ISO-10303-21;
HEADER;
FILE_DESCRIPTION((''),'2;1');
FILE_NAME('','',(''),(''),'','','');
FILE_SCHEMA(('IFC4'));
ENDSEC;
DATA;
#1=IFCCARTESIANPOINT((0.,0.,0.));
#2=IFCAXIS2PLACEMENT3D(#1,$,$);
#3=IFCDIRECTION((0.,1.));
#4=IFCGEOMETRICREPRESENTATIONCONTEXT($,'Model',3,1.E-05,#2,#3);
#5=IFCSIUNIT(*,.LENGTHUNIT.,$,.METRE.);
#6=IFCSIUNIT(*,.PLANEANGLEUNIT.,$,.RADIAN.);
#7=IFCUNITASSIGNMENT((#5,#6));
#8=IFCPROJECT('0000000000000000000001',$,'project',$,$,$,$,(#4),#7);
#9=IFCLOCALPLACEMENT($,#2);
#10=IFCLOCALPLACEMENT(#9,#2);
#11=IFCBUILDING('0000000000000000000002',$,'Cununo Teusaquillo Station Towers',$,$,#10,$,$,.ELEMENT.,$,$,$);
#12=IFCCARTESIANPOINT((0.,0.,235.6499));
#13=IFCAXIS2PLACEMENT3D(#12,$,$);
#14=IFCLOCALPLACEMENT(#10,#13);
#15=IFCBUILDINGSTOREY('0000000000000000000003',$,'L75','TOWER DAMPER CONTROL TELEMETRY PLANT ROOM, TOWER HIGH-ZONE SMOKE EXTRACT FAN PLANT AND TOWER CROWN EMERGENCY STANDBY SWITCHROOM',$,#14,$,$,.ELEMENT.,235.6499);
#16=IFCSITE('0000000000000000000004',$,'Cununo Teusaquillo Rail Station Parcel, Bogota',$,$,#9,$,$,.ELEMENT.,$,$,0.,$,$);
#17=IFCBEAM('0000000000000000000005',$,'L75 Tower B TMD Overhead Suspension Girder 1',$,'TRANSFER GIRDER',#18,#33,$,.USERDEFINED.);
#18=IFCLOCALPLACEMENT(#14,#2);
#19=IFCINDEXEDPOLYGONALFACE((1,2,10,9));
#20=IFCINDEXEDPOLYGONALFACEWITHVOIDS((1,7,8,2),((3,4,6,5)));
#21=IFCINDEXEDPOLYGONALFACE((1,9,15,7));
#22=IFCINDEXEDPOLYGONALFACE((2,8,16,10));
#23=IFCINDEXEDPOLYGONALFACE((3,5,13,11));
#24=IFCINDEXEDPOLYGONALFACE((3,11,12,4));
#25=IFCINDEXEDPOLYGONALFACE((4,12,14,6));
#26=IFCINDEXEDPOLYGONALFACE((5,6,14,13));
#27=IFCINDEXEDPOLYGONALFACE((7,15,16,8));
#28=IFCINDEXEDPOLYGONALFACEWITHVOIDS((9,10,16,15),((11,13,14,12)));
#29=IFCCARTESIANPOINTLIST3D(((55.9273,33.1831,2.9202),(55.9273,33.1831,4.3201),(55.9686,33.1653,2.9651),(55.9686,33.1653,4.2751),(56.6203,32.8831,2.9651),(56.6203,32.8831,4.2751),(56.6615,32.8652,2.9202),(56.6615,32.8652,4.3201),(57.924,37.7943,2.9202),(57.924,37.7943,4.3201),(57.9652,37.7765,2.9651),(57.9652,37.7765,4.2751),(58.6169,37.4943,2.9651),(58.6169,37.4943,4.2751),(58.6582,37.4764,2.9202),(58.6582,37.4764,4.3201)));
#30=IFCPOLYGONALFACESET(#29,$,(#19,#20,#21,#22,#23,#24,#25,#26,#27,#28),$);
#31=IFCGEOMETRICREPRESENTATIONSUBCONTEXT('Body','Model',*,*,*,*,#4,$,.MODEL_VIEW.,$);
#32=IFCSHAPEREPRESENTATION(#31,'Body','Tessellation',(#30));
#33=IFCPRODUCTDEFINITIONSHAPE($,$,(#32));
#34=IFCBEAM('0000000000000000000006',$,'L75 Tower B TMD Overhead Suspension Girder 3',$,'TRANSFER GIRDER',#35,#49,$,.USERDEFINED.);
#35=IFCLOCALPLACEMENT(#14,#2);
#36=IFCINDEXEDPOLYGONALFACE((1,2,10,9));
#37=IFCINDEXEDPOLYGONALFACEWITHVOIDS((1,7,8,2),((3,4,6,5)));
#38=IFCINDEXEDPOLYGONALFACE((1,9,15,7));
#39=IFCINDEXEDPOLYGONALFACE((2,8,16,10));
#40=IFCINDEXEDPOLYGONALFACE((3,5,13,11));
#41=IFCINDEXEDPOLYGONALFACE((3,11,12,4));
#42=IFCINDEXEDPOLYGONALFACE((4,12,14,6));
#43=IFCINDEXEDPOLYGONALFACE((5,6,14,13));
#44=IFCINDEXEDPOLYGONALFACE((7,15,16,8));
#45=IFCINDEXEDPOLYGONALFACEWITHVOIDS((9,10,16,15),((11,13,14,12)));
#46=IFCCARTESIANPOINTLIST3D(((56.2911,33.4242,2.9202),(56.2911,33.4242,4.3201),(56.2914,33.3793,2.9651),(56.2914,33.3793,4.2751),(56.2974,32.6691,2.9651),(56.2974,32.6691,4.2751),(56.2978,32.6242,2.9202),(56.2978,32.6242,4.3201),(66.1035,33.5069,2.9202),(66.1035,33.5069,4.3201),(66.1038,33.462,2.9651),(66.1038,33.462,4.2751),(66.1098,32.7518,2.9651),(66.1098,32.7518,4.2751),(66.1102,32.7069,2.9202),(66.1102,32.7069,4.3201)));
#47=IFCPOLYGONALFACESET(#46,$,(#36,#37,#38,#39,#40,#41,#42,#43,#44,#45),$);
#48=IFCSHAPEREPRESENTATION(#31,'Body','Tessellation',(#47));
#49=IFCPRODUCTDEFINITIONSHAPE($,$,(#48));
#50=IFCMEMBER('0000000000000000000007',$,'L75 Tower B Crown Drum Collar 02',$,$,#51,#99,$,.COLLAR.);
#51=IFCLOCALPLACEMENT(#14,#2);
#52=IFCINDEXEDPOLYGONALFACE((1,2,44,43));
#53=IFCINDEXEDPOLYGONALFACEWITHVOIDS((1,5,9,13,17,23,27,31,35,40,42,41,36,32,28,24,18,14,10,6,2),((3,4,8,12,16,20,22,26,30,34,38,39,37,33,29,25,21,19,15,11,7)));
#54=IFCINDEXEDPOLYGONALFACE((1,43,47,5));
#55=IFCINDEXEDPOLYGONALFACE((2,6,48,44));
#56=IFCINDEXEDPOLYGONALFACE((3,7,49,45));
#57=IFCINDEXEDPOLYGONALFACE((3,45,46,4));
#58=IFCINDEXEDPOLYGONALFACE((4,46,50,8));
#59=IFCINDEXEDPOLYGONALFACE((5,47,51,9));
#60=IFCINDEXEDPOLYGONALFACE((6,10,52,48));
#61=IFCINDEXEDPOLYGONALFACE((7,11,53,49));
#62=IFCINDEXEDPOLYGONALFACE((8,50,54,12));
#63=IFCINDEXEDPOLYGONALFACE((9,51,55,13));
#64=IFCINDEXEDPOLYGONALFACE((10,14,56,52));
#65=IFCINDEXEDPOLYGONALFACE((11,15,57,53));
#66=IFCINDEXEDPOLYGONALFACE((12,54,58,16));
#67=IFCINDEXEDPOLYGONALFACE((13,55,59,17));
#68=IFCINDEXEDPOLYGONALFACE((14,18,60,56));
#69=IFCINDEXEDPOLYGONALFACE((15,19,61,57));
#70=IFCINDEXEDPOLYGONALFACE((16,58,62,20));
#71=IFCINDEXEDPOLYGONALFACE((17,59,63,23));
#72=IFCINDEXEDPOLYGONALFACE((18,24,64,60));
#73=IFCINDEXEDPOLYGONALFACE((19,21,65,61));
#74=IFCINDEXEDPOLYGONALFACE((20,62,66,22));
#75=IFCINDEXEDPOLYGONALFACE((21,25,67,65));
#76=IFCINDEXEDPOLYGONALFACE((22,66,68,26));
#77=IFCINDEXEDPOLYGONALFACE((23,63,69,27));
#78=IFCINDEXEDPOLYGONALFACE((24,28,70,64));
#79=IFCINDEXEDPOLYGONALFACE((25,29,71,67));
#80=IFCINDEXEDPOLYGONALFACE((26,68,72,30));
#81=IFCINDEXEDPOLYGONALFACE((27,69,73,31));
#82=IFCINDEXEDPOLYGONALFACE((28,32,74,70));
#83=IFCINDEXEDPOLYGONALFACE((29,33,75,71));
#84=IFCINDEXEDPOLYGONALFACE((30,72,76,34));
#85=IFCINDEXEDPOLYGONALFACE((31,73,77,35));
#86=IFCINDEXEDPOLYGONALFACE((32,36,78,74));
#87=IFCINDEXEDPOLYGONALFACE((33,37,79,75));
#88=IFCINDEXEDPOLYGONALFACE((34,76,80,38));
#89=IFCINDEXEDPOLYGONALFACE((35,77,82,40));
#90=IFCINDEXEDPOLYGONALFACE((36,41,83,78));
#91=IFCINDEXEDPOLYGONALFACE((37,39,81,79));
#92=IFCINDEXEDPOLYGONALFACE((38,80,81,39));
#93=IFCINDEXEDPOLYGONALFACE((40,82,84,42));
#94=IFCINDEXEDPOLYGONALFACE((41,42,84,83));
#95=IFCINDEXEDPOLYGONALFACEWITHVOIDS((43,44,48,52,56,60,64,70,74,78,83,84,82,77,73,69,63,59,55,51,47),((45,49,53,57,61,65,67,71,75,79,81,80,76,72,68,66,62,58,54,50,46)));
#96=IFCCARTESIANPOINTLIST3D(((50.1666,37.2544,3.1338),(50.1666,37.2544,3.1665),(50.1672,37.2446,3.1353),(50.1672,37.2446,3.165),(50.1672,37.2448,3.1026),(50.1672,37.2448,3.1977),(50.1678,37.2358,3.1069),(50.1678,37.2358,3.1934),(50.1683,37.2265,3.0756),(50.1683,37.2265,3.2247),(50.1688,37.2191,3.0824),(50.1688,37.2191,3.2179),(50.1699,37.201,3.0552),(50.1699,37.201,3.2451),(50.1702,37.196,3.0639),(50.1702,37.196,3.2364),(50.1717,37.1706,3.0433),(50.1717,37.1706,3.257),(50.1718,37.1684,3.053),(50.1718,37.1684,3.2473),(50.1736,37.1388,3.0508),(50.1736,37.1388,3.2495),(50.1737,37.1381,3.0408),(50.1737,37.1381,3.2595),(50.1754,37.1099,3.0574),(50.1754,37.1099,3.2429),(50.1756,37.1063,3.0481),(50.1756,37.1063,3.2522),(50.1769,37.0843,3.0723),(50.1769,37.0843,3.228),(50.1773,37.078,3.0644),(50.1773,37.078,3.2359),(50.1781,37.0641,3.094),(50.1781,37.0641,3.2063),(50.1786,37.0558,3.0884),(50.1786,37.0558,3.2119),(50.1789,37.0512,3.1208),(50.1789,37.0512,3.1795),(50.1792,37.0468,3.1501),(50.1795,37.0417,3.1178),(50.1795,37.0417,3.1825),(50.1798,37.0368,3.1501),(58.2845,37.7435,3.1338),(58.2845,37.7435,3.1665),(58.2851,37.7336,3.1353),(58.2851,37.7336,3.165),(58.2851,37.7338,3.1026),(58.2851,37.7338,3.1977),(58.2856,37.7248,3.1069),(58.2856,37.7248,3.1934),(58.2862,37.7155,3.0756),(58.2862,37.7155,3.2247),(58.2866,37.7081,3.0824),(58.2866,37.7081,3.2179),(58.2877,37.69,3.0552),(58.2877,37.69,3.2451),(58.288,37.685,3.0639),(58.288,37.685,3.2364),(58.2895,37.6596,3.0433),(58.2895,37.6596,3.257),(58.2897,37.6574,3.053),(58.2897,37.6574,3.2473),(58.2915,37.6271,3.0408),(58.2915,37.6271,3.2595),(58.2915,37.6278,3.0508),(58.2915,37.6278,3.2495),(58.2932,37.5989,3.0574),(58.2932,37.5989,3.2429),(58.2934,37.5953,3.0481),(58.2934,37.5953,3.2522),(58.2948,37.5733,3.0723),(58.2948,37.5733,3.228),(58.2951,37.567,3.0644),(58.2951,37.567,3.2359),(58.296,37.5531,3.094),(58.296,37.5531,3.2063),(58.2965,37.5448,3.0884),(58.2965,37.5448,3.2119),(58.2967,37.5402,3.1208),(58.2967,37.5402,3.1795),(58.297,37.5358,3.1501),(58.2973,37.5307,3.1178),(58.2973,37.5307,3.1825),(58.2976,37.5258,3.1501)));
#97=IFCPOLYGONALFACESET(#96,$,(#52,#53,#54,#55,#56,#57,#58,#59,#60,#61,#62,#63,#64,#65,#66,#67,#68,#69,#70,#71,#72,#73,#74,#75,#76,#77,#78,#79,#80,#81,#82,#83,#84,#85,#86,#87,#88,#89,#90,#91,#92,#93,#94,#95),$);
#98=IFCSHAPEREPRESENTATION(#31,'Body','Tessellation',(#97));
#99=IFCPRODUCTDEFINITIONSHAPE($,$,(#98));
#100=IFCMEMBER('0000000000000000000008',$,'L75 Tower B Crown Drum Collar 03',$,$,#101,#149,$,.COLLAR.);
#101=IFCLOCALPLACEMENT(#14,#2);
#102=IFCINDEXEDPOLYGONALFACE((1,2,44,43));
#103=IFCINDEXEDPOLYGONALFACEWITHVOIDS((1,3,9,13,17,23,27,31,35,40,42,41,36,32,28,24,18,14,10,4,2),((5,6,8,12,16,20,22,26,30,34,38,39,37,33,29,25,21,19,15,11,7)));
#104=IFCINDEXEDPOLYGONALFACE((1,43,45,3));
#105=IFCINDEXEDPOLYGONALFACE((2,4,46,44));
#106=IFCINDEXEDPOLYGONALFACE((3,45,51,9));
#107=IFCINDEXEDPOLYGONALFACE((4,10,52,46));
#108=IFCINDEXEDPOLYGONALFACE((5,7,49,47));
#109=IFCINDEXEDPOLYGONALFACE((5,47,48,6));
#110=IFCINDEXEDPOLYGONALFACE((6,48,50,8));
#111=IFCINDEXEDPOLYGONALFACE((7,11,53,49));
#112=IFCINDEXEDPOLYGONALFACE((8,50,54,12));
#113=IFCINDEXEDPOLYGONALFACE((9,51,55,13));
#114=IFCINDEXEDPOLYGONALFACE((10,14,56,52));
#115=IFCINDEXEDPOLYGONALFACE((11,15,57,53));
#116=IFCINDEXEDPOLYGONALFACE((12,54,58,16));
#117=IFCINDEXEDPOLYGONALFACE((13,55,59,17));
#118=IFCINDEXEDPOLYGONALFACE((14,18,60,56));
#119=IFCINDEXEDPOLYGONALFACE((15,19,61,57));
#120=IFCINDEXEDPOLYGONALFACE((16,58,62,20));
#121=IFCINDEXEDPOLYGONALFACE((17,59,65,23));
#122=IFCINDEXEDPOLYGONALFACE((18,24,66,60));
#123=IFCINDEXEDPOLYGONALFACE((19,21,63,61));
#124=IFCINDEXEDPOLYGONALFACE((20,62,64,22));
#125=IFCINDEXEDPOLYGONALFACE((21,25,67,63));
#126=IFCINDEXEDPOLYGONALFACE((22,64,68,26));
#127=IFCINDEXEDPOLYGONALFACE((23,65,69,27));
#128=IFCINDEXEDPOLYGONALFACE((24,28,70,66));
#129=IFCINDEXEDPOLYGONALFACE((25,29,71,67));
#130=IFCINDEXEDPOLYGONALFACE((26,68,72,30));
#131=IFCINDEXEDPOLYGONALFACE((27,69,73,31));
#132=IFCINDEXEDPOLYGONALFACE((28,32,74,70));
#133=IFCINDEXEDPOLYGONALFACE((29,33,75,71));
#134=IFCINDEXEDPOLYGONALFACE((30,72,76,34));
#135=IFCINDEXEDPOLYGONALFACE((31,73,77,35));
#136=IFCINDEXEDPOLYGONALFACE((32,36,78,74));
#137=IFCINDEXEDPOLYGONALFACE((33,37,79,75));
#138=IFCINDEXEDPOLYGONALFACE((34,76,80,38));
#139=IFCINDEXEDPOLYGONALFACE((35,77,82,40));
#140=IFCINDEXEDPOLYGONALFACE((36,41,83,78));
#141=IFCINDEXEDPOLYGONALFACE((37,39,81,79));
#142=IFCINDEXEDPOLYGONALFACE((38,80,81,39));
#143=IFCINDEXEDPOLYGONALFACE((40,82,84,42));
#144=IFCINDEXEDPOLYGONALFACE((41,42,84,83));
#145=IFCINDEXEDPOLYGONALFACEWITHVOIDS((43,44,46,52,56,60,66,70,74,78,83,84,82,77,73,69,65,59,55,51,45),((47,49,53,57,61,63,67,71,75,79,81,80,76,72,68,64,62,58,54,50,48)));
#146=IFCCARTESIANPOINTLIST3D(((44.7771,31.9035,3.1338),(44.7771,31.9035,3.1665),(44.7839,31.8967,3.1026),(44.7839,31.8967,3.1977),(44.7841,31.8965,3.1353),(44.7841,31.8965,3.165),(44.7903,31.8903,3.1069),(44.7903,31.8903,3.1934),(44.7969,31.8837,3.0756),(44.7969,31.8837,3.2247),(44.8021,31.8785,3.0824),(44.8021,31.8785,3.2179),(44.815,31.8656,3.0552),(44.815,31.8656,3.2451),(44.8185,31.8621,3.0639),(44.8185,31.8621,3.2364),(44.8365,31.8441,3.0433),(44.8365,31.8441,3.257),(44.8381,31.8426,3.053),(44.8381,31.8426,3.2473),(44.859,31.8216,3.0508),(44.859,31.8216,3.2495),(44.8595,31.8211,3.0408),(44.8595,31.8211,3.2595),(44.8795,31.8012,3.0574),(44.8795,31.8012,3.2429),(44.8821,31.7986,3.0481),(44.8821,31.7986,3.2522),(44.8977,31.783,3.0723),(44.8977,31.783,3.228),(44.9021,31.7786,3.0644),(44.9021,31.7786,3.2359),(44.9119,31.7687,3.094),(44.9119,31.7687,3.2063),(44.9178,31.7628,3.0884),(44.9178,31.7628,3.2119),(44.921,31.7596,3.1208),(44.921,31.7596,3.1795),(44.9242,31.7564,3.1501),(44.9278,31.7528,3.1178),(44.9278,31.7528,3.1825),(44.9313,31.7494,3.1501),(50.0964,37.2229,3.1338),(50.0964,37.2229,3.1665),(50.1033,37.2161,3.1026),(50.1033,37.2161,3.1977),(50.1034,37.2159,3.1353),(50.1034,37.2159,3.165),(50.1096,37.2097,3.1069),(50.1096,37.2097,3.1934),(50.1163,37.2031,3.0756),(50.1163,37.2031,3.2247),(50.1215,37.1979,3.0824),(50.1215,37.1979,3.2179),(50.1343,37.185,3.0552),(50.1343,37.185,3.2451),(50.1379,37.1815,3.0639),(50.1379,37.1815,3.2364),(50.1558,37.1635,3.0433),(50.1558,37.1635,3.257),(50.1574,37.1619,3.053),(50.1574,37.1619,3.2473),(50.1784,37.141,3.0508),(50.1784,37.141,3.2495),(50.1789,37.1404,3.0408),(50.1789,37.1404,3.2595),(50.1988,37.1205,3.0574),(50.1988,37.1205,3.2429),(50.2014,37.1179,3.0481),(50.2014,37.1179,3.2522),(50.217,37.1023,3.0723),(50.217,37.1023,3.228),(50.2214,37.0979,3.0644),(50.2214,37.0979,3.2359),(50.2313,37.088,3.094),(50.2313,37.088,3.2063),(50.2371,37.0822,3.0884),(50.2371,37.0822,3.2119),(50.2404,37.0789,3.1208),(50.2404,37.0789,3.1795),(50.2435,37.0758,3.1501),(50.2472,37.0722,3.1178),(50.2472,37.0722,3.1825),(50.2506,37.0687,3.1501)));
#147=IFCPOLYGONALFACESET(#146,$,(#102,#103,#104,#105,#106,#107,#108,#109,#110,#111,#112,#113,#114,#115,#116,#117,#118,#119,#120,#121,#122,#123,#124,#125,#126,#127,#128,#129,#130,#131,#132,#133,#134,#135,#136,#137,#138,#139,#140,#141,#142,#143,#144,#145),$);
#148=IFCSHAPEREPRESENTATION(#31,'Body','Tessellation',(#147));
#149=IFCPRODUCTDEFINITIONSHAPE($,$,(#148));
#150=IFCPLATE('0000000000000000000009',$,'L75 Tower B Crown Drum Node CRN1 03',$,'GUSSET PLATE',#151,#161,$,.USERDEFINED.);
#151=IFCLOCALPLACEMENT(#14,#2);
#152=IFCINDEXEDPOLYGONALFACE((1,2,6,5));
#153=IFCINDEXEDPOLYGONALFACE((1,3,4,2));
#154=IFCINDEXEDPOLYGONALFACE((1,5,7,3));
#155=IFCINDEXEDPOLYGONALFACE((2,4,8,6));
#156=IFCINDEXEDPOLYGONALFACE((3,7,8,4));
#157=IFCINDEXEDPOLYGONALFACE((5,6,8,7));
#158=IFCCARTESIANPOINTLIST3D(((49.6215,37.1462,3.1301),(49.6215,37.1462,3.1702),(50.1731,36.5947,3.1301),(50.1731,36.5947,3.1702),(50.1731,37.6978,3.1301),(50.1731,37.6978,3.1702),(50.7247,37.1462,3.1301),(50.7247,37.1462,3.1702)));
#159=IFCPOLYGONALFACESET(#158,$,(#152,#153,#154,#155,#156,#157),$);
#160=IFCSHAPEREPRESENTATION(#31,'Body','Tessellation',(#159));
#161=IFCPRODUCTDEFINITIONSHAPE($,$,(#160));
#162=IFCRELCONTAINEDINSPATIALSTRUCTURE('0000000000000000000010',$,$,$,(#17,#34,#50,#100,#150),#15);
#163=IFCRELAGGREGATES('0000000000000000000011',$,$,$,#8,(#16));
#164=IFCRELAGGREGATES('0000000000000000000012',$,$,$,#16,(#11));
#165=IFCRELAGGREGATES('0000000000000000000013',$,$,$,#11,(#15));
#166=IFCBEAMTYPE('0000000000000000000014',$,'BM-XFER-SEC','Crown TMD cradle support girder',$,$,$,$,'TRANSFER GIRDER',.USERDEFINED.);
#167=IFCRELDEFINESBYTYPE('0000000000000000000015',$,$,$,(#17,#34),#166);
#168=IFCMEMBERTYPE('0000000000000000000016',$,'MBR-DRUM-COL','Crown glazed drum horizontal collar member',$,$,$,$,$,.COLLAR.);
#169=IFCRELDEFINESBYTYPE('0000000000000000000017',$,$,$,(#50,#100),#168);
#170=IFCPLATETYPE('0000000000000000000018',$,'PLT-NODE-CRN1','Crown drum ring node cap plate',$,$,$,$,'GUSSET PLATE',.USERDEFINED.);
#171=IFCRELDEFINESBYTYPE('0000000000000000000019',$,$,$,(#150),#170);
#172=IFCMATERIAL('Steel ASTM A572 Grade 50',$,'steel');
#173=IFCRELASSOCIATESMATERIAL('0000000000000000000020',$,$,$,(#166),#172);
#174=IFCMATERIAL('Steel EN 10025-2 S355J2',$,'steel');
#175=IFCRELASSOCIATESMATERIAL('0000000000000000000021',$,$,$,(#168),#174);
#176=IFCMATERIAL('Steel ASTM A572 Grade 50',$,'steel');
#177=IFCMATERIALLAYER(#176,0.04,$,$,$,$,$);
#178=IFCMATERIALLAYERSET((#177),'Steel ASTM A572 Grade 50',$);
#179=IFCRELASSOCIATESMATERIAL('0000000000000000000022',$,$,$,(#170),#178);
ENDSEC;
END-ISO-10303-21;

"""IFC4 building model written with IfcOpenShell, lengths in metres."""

from ifc_helpers import new_model, si_unit, direction, frame, origin, origin_2d, place, context, subcontext, project, spatial, rectangle, hollow_rectangle, hollow_circle, extrude, source, transform, mapped, material, layer, layer_set, material_profile, profile_set, type_object, element, save


model = new_model("IFC4")

# Units and contexts
model_context = context("Model", 3, precision=1e-05, world=origin(), true_north=direction((0.0, 1.0)))
body_context = subcontext(model_context, "Body", "Model", "MODEL_VIEW")
ifc_project = project(units=[si_unit("LENGTHUNIT", "METRE"), si_unit("PLANEANGLEUNIT", "RADIAN")], contexts=[model_context])

# Site, building, storey
site_placement = place(None, origin())
site = spatial("IfcSite", under=ifc_project, at=site_placement, Name="Cununo Teusaquillo Rail Station Parcel, Bogota", CompositionType="ELEMENT", RefElevation=0.0)
building_placement = place(site_placement, origin())
building = spatial("IfcBuilding", under=site, at=building_placement, Name="Cununo Teusaquillo Station Towers", CompositionType="ELEMENT")
storey_placement = place(building_placement, frame((0.0, 0.0, 235.6499)))
storey = spatial("IfcBuildingStorey", under=building, at=storey_placement, Name="L75", Description="TOWER DAMPER CONTROL TELEMETRY PLANT ROOM, TOWER HIGH-ZONE SMOKE EXTRACT FAN PLANT AND TOWER CROWN EMERGENCY STANDBY SWITCHROOM", CompositionType="ELEMENT", Elevation=235.6499)

# Beams
ifc_material_1 = material(Name="Steel ASTM A572 Grade 50", Category="steel")
ifc_material_profile_1 = material_profile(ifc_material_1, hollow_rectangle(XDim=0.8, YDim=1.3999, WallThickness=0.0449, at=origin_2d()), Name="BOX 1400x800x45")
ifc_profile_set_1 = profile_set([ifc_material_profile_1], Name="Steel ASTM A572 Grade 50")
beam_type_1 = type_object("IfcBeamType", Name="BM-XFER-SEC", Description="Crown TMD cradle support girder", ElementType="TRANSFER GIRDER", PredefinedType="USERDEFINED", material=ifc_profile_set_1)
beam_1_placement = place(storey_placement, frame((56.2944, 33.0242, 3.6201), z_axis=(0.397347, 0.917668, 0.0), x_axis=(-0.917668, 0.397347, 0.0)))
element("IfcBeam", 1, at=beam_1_placement, inside=storey, type_object=beam_type_1, Name="L75 Tower B TMD Overhead Suspension Girder 1", ObjectType="TRANSFER GIRDER", PredefinedType="USERDEFINED", context=body_context, shape_type="SweptSolid", body=[
    extrude(hollow_rectangle(XDim=0.8, YDim=1.3999, WallThickness=0.0449, at=origin_2d()), origin(), (0.0, 0.0, 1.0), 5.0249),
])
beam_2_placement = place(storey_placement, frame((56.2944, 33.0242, 3.6201), z_axis=(0.999964, 0.008434, 0.0), x_axis=(-0.008434, 0.999964, 0.0)))
element("IfcBeam", 2, at=beam_2_placement, inside=storey, type_object=beam_type_1, Name="L75 Tower B TMD Overhead Suspension Girder 3", ObjectType="TRANSFER GIRDER", PredefinedType="USERDEFINED", context=body_context, shape_type="SweptSolid", body=[
    extrude(hollow_rectangle(XDim=0.8, YDim=1.3999, WallThickness=0.0449, at=origin_2d()), origin(), (0.0, 0.0, 1.0), 9.8127),
])

# Members
ifc_material_2 = material(Name="Steel EN 10025-2 S355J2", Category="steel")
ifc_material_profile_2 = material_profile(ifc_material_2, hollow_circle(Radius=0.1096, WallThickness=0.01, at=origin_2d()), Name="CHS 219x10")
ifc_profile_set_2 = profile_set([ifc_material_profile_2], Name="Steel EN 10025-2 S355J2")
member_type = type_object("IfcMemberType", Name="MBR-DRUM-COL", Description="Crown glazed drum horizontal collar member", PredefinedType="COLLAR", material=ifc_profile_set_2)
member_1_placement = place(storey_placement, frame((58.291, 37.6353, 3.1501), z_axis=(-0.998191, -0.06013, 0.0), x_axis=(0.06013, -0.998191, 0.0)))
element("IfcMember", 3, at=member_1_placement, inside=storey, type_object=member_type, Name="L75 Tower B Crown Drum Collar 02", PredefinedType="COLLAR", context=body_context, shape_type="SweptSolid", body=[
    extrude(hollow_circle(Radius=0.1096, WallThickness=0.01, at=origin_2d()), origin(), (0.0, 0.0, 1.0), 8.1326),
])
member_2_placement = place(storey_placement, frame((50.1731, 37.1462, 3.1501), z_axis=(-0.707107, -0.707107, 0.0), x_axis=(0.707107, -0.707107, 0.0)))
element("IfcMember", 4, at=member_2_placement, inside=storey, type_object=member_type, Name="L75 Tower B Crown Drum Collar 03", PredefinedType="COLLAR", context=body_context, shape_type="SweptSolid", body=[
    extrude(hollow_circle(Radius=0.1096, WallThickness=0.01, at=origin_2d()), origin(), (0.0, 0.0, 1.0), 7.5227),
])

# Plate
ifc_material_3 = material(Name="Steel ASTM A572 Grade 50", Category="steel")
ifc_layer_1 = layer(ifc_material_3, 0.04)
ifc_layer_set_1 = layer_set([ifc_layer_1], Name="Steel ASTM A572 Grade 50")
plate_type = type_object("IfcPlateType", Name="PLT-NODE-CRN1", Description="Crown drum ring node cap plate", ElementType="GUSSET PLATE", PredefinedType="USERDEFINED", material=ifc_layer_set_1)
shared_shape_1 = source(origin(), body_context, "Body", "SweptSolid", [
    extrude(rectangle(XDim=0.78, YDim=0.78, at=origin_2d()), origin(), (0.0, 0.0, 1.0), 0.04),
])
plate_placement = place(storey_placement, frame((50.1731, 37.1462, 3.1301), z_axis=(0.0, 0.0, 1.0), x_axis=(0.707107, 0.707107, 0.0)))
element("IfcPlate", 5, at=plate_placement, inside=storey, type_object=plate_type, Name="L75 Tower B Crown Drum Node CRN1 03", ObjectType="GUSSET PLATE", PredefinedType="USERDEFINED", context=body_context, shape_type="MappedRepresentation", body=[
    mapped(shared_shape_1, transform((0.0, 0.0, 0.0), x_axis=(1.0, 0.0, 0.0), y_axis=(0.0, 1.0, 0.0), z_axis=(0.0, 0.0, 1.0), scale=1.0)),
])

save(model, "model.ifc")
